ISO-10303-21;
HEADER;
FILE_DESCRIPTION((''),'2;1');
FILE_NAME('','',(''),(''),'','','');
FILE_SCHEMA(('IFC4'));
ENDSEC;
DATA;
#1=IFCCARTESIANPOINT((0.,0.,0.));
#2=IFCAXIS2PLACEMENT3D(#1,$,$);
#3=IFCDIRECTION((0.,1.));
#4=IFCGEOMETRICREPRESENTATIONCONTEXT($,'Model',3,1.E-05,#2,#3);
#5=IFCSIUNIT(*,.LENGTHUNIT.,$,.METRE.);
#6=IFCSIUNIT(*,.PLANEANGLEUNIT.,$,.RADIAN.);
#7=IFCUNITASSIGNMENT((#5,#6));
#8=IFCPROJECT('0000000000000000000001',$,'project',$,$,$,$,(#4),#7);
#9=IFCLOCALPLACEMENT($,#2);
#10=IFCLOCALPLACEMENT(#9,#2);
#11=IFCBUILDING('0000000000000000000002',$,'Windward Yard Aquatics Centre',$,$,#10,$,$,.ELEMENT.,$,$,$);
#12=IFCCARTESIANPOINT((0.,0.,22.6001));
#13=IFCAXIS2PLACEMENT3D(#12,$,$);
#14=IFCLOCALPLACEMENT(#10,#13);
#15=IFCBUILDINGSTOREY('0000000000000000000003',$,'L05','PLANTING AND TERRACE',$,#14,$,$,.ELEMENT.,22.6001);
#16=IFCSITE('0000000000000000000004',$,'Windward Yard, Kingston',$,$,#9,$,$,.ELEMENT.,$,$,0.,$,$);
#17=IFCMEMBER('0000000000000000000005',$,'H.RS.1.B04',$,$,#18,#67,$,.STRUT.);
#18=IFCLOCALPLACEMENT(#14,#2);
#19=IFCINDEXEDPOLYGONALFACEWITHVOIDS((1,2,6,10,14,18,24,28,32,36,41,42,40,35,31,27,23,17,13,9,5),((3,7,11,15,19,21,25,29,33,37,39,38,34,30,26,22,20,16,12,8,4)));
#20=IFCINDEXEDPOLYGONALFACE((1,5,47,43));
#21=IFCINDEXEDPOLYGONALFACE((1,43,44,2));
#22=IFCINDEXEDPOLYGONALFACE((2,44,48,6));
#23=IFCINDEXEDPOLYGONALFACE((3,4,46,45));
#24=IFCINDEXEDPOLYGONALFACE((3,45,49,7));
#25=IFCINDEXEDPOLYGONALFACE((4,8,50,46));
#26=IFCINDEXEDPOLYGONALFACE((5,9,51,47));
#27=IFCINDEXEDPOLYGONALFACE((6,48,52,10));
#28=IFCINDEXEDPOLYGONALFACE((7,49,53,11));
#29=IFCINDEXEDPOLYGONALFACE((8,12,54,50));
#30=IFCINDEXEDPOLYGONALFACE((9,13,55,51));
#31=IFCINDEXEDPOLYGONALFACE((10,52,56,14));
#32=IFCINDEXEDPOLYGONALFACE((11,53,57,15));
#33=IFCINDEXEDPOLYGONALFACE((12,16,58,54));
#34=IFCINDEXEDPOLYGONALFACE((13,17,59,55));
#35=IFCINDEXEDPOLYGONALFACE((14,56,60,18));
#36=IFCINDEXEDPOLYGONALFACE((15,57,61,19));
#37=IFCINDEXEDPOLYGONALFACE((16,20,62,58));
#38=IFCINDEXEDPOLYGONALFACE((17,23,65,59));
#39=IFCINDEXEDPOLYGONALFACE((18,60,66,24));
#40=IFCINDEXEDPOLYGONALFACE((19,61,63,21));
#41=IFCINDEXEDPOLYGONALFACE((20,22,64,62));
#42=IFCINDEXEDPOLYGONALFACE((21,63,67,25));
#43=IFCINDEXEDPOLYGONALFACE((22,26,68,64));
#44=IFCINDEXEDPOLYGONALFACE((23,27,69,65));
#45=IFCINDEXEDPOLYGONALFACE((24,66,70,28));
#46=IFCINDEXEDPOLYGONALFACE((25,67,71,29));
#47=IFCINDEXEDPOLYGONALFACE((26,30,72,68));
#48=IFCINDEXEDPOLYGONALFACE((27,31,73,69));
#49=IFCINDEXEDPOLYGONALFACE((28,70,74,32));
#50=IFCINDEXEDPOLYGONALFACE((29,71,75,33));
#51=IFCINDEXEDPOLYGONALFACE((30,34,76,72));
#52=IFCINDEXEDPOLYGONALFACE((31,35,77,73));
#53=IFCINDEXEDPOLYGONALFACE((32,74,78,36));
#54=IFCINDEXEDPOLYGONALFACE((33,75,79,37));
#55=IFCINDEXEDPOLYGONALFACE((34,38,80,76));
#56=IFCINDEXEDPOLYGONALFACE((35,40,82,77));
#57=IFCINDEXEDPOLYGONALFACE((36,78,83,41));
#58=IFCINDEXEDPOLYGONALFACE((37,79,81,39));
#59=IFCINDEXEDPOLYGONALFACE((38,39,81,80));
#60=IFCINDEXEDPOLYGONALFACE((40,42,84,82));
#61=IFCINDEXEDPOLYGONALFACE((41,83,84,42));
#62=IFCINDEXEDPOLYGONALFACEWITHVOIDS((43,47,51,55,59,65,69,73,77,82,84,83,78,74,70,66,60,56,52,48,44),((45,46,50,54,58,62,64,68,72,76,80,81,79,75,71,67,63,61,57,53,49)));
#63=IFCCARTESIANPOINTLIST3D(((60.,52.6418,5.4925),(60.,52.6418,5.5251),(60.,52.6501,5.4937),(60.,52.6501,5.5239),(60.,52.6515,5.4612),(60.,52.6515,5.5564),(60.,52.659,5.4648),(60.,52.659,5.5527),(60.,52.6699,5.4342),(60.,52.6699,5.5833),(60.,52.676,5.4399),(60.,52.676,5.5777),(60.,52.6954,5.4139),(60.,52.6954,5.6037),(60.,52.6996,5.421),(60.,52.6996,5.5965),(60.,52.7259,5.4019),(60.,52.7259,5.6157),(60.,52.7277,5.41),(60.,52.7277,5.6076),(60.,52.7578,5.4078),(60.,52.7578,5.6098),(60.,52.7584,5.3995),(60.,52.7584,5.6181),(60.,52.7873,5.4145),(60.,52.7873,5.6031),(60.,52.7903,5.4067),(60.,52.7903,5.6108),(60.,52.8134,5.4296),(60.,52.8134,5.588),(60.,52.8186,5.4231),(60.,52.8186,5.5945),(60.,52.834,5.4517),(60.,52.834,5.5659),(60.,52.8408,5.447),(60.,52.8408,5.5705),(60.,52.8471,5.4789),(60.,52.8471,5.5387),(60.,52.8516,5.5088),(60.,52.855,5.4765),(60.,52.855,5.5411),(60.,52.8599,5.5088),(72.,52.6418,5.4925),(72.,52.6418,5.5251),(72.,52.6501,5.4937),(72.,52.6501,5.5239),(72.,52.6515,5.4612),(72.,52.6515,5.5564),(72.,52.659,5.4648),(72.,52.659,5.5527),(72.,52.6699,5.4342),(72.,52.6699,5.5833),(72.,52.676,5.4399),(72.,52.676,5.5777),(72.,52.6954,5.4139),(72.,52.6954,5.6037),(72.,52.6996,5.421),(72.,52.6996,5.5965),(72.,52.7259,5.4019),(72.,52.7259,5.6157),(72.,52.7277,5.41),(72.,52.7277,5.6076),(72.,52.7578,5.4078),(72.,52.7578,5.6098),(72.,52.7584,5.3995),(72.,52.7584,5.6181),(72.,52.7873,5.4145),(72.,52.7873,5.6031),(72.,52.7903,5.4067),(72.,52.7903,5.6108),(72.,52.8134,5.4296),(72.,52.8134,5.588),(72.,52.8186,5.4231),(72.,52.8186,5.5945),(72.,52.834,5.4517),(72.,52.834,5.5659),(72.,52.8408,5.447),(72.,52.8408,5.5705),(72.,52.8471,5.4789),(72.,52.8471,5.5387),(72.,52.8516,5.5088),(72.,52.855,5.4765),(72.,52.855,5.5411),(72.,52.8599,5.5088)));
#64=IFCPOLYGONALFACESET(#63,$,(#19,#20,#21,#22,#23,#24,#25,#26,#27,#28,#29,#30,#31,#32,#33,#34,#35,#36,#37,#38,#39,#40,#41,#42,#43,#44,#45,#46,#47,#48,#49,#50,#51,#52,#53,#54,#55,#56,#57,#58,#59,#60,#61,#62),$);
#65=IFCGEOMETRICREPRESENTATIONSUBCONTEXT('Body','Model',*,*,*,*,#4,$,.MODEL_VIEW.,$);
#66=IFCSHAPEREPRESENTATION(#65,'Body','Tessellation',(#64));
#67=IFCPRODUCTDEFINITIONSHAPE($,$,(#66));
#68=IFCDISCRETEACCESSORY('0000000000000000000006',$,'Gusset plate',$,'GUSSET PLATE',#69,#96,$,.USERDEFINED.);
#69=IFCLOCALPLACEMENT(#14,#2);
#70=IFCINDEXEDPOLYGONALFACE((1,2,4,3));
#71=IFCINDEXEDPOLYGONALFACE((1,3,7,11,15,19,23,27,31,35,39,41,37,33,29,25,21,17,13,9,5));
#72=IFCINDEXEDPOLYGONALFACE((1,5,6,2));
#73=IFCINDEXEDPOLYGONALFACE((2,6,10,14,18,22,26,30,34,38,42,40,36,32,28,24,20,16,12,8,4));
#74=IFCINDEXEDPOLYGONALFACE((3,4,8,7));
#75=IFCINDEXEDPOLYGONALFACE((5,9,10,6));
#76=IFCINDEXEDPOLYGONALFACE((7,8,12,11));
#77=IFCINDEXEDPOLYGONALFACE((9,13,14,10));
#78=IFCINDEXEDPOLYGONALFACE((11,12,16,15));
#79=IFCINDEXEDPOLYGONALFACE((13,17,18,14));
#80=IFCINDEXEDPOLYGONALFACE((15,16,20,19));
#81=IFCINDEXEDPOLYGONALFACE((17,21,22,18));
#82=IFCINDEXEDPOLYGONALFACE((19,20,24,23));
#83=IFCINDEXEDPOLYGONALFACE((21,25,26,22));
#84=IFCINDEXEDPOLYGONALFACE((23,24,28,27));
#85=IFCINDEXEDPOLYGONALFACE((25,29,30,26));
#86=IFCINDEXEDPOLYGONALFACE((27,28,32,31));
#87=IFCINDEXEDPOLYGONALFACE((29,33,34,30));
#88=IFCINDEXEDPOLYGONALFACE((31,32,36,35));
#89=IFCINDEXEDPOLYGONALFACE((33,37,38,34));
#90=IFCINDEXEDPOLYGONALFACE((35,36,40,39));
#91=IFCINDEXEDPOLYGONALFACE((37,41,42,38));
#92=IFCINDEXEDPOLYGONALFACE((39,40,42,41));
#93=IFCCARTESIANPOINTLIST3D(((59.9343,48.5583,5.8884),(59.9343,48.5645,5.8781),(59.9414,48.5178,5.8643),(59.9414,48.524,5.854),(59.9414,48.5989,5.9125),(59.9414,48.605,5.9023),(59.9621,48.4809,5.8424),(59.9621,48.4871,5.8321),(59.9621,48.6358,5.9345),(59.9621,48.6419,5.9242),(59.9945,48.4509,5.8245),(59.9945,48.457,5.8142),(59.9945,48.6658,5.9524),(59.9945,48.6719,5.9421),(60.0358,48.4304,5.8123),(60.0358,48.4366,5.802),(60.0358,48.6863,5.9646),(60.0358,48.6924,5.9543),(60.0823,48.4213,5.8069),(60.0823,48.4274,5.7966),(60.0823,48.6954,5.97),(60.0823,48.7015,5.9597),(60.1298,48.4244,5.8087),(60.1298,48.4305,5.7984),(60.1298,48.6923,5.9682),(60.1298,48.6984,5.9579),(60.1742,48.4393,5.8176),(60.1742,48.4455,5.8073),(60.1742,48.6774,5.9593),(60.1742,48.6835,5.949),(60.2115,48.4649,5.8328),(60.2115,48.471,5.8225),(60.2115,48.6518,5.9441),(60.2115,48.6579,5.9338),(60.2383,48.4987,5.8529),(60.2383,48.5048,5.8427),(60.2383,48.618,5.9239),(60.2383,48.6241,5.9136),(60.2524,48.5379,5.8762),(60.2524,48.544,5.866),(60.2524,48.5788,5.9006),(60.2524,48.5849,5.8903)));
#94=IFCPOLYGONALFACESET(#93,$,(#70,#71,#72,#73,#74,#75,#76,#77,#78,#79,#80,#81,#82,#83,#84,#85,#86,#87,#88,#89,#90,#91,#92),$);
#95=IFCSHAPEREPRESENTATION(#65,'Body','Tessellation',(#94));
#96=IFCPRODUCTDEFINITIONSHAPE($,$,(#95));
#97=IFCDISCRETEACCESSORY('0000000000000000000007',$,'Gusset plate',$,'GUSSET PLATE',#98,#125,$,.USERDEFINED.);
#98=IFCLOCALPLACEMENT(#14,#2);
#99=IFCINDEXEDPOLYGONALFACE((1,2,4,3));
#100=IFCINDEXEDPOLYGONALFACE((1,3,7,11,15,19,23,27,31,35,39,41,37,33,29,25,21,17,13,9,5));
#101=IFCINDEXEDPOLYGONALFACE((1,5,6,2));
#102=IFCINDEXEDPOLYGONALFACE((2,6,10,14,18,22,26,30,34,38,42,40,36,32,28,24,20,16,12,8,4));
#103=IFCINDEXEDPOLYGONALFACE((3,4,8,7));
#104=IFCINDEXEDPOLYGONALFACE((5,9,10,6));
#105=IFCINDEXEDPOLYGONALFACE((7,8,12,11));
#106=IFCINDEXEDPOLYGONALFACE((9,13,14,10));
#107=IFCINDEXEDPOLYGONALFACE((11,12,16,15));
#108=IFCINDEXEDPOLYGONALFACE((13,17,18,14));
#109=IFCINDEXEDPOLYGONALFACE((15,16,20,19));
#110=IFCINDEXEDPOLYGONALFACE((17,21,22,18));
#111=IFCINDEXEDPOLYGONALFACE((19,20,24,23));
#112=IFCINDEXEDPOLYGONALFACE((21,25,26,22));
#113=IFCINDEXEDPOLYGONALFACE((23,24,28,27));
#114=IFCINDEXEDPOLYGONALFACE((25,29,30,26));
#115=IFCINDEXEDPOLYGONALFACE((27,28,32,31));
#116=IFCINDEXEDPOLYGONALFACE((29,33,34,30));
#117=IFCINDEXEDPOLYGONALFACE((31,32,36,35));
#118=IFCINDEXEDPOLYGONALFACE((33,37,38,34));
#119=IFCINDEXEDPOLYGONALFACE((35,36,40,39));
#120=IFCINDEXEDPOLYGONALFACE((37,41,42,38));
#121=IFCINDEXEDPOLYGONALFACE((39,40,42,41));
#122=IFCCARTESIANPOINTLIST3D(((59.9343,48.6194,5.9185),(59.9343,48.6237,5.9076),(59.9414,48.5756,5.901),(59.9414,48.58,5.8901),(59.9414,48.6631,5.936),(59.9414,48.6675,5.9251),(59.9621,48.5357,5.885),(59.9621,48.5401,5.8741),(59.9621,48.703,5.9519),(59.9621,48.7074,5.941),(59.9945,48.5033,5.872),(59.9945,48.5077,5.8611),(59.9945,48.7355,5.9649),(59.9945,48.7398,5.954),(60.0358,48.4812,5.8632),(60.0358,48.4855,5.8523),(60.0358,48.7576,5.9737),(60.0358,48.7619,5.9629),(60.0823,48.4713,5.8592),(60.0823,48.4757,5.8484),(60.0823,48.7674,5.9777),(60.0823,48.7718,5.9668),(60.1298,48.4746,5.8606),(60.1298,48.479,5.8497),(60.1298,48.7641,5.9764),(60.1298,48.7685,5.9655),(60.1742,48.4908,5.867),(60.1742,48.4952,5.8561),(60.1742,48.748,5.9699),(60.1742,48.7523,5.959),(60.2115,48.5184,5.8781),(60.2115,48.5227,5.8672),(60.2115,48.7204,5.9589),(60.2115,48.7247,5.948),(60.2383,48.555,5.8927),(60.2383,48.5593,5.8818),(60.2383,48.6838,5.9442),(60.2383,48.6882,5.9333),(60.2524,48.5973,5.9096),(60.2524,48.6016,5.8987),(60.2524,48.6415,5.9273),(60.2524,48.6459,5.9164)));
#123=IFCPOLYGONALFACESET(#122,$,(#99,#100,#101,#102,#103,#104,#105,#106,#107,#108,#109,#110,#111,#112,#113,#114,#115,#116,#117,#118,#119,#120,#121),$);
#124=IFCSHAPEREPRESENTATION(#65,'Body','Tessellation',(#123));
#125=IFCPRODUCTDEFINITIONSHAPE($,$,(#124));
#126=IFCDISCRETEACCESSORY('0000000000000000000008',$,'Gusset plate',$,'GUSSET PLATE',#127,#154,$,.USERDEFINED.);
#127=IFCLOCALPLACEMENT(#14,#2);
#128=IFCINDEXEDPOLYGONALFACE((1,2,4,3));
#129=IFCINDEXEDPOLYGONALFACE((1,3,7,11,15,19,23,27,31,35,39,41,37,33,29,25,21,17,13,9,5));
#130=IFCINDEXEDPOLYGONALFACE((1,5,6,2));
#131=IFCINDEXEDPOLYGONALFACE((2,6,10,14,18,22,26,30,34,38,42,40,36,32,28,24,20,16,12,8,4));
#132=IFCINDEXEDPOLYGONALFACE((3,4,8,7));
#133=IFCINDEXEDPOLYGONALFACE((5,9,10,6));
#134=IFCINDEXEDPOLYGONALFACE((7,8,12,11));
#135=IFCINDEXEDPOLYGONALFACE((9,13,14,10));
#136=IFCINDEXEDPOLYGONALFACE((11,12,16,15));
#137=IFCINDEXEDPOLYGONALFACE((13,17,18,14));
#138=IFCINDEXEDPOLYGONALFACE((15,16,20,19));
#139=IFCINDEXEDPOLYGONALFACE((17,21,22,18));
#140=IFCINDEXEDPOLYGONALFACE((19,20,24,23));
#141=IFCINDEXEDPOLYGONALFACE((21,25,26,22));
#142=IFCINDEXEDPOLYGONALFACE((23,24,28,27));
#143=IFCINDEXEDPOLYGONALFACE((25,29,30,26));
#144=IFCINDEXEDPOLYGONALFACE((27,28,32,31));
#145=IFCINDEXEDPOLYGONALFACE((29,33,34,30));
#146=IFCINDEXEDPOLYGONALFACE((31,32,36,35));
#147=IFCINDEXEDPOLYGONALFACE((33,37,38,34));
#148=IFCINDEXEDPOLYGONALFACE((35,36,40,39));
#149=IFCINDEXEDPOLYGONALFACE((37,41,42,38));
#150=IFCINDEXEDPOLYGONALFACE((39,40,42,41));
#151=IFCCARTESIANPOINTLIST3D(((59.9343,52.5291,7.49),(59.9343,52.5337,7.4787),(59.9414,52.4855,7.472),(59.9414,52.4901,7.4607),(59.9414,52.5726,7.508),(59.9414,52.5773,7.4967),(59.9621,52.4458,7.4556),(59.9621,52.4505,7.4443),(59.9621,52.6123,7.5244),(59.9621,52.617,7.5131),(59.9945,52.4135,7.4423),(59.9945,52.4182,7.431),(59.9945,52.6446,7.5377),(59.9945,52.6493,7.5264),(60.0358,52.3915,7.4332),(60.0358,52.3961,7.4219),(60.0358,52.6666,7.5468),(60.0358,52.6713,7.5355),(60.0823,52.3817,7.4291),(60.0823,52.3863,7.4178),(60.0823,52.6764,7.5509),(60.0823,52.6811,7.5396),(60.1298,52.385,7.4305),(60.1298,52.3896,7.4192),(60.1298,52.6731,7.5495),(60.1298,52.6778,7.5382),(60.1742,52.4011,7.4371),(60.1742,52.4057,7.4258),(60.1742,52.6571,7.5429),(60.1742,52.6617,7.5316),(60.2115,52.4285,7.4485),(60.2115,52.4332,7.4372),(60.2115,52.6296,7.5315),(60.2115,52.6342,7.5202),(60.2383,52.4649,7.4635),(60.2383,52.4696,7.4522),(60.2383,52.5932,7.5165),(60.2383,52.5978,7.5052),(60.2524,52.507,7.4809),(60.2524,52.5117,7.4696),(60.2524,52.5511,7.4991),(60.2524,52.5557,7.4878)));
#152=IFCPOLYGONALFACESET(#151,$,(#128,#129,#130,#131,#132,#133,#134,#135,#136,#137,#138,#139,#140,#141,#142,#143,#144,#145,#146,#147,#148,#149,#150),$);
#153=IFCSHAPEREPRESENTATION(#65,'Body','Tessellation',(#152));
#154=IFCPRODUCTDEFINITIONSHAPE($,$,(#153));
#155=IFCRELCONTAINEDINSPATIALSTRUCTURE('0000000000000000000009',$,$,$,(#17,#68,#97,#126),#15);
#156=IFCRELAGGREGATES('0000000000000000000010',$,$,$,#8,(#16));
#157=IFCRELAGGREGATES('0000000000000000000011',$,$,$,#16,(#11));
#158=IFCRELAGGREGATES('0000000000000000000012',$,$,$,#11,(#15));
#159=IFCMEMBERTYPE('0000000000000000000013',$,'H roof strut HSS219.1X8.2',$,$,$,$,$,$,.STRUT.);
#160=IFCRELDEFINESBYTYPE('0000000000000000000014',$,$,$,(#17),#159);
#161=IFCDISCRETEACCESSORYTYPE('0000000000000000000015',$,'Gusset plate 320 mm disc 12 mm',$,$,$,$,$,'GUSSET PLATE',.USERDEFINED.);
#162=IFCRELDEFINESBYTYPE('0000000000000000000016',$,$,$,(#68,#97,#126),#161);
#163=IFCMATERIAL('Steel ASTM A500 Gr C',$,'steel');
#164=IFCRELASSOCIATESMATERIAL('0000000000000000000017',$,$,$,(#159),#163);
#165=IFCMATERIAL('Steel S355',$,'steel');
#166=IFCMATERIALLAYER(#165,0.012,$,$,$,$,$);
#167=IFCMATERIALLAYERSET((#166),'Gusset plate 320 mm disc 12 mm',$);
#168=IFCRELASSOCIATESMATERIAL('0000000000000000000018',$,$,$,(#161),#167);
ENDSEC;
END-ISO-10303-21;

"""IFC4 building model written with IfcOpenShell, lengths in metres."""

from ifc_helpers import new_model, si_unit, direction, frame, origin, origin_2d, place, context, subcontext, project, spatial, circle, hollow_circle, extrude, material, layer, layer_set, material_profile, profile_set, type_object, element, save


model = new_model("IFC4")

# Units and contexts
model_context = context("Model", 3, precision=1e-05, world=origin(), true_north=direction((0.0, 1.0)))
body_context = subcontext(model_context, "Body", "Model", "MODEL_VIEW")
ifc_project = project(units=[si_unit("LENGTHUNIT", "METRE"), si_unit("PLANEANGLEUNIT", "RADIAN")], contexts=[model_context])

# Site, building, storey
site_placement = place(None, origin())
site = spatial("IfcSite", under=ifc_project, at=site_placement, Name="Windward Yard, Kingston", CompositionType="ELEMENT", RefElevation=0.0)
building_placement = place(site_placement, origin())
building = spatial("IfcBuilding", under=site, at=building_placement, Name="Windward Yard Aquatics Centre", CompositionType="ELEMENT")
storey_placement = place(building_placement, frame((0.0, 0.0, 22.6001)))
storey = spatial("IfcBuildingStorey", under=building, at=storey_placement, Name="L05", Description="PLANTING AND TERRACE", CompositionType="ELEMENT", Elevation=22.6001)

# Member
ifc_material_1 = material(Name="Steel ASTM A500 Gr C", Category="steel")
ifc_material_profile_1 = material_profile(ifc_material_1, hollow_circle(Radius=0.1096, WallThickness=0.0083, at=origin_2d()), Name="HSS219.1X8.2")
ifc_profile_set_1 = profile_set([ifc_material_profile_1], Name="Steel ASTM A500 Gr C")
member_type_1 = type_object("IfcMemberType", Name="H roof strut HSS219.1X8.2", PredefinedType="STRUT", material=ifc_profile_set_1)
for number, where, z_axis, x_axis, name in (
    (1, (60.0, 52.7502, 5.5088), (1.0, 0.0, 0.0), (0.0, 1.0, 0.0), "H.RS.1.B04"),
):
    element("IfcMember", number, at=place(storey_placement, frame(where, z_axis=z_axis, x_axis=x_axis)), inside=storey, type_object=member_type_1, Name=name, PredefinedType="STRUT", context=body_context, shape_type="SweptSolid", body=[
        extrude(hollow_circle(Radius=0.1096, WallThickness=0.0083, at=origin_2d()), origin(), (0.0, 0.0, 1.0), 12.0),
    ])

# Discrete accessories
ifc_material_2 = material(Name="Steel S355", Category="steel")
ifc_layer = layer(ifc_material_2, 0.012)
ifc_layer_set = layer_set([ifc_layer], Name="Gusset plate 320 mm disc 12 mm")
discrete_accessory_type = type_object("IfcDiscreteAccessoryType", Name="Gusset plate 320 mm disc 12 mm", ElementType="GUSSET PLATE", PredefinedType="USERDEFINED", material=ifc_layer_set)
discrete_accessory_1_placement = place(storey_placement, frame((60.0942, 48.5583, 5.8884), z_axis=(0.0, 0.511484, -0.859293), x_axis=(-1.0, 0.0, 0.0)))
element("IfcDiscreteAccessory", 2, at=discrete_accessory_1_placement, inside=storey, type_object=discrete_accessory_type, Name="Gusset plate", ObjectType="GUSSET PLATE", PredefinedType="USERDEFINED", context=body_context, shape_type="SweptSolid", body=[
    extrude(circle(Radius=0.1599, at=origin_2d()), origin(), (0.0, 0.0, 1.0), 0.012),
])
discrete_accessory_2_placement = place(storey_placement, frame((60.0942, 48.6194, 5.9185), z_axis=(0.0, 0.371391, -0.928477), x_axis=(-1.0, 0.0, 0.0)))
element("IfcDiscreteAccessory", 3, at=discrete_accessory_2_placement, inside=storey, type_object=discrete_accessory_type, Name="Gusset plate", ObjectType="GUSSET PLATE", PredefinedType="USERDEFINED", context=body_context, shape_type="SweptSolid", body=[
    extrude(circle(Radius=0.1599, at=origin_2d()), origin(), (0.0, 0.0, 1.0), 0.0117),
])
discrete_accessory_3_placement = place(storey_placement, frame((60.0942, 52.5291, 7.49), z_axis=(0.0, 0.38176, -0.924261), x_axis=(-1.0, 0.0, 0.0)))
element("IfcDiscreteAccessory", 4, at=discrete_accessory_3_placement, inside=storey, type_object=discrete_accessory_type, Name="Gusset plate", ObjectType="GUSSET PLATE", PredefinedType="USERDEFINED", context=body_context, shape_type="SweptSolid", body=[
    extrude(circle(Radius=0.1599, at=origin_2d()), origin(), (0.0, 0.0, 1.0), 0.0122),
])

save(model, "model.ifc")
